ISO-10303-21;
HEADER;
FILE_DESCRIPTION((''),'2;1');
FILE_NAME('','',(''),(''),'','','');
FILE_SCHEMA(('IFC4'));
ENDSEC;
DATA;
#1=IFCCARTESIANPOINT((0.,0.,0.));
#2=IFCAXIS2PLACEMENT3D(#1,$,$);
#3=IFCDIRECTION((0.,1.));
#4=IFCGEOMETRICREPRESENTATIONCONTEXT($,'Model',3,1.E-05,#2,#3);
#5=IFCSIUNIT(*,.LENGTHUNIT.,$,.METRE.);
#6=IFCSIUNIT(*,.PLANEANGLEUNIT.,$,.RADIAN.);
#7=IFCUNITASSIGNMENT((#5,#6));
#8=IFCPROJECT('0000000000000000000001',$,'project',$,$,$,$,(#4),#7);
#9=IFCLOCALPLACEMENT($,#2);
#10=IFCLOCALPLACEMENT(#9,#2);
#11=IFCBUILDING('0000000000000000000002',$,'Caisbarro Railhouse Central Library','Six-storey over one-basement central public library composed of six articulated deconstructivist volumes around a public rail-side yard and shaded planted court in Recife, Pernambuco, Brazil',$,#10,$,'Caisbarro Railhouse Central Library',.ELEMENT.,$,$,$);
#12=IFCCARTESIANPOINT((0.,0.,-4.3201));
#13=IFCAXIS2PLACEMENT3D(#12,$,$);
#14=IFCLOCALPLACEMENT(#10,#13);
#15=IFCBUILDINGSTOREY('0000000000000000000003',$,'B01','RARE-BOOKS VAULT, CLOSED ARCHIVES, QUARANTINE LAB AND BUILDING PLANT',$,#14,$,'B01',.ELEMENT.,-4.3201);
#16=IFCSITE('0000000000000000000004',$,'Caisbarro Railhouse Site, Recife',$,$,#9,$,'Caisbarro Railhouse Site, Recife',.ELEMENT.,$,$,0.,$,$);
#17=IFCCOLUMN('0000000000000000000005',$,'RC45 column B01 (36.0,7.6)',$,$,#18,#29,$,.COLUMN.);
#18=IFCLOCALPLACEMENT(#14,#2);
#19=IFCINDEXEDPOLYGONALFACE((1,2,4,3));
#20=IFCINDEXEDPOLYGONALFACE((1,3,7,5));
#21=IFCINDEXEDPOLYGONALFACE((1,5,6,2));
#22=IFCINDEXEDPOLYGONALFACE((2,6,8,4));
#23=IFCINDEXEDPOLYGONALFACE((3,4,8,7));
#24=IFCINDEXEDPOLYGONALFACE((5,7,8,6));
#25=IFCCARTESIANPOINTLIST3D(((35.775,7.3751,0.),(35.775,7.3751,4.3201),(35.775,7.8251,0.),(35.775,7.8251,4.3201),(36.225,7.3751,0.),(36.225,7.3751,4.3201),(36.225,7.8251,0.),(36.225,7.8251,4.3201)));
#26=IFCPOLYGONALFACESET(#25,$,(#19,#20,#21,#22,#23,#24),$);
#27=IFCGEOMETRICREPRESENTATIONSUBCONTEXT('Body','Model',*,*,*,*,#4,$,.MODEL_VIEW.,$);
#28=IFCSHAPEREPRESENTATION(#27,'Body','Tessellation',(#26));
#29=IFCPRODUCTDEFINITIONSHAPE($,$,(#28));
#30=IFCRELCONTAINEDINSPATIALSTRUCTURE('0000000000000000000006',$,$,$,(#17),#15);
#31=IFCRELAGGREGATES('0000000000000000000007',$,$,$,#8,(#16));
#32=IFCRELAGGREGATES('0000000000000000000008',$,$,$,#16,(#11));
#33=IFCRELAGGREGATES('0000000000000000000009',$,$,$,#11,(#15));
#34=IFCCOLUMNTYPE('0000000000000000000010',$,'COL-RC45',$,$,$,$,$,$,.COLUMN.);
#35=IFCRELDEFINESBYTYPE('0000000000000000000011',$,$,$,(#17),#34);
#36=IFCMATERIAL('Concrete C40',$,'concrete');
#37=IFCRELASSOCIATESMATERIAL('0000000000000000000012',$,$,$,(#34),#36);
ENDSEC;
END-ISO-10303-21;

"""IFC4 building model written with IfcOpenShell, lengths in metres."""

from ifc_helpers import new_model, si_unit, direction, frame, origin, origin_2d, place, context, subcontext, project, spatial, rectangle, extrude, material, material_profile, profile_set, type_object, element, save


model = new_model("IFC4")

# Units and contexts
model_context = context("Model", 3, precision=1e-05, world=origin(), true_north=direction((0.0, 1.0)))
body_context = subcontext(model_context, "Body", "Model", "MODEL_VIEW")
ifc_project = project(units=[si_unit("LENGTHUNIT", "METRE"), si_unit("PLANEANGLEUNIT", "RADIAN")], contexts=[model_context])

# Site, building, storey
site_placement = place(None, origin())
site = spatial("IfcSite", under=ifc_project, at=site_placement, Name="Caisbarro Railhouse Site, Recife", LongName="Caisbarro Railhouse Site, Recife", CompositionType="ELEMENT", RefElevation=0.0)
building_placement = place(site_placement, origin())
building = spatial("IfcBuilding", under=site, at=building_placement, Name="Caisbarro Railhouse Central Library", Description="Six-storey over one-basement central public library composed of six articulated deconstructivist volumes around a public rail-side yard and shaded planted court in Recife, Pernambuco, Brazil", LongName="Caisbarro Railhouse Central Library", CompositionType="ELEMENT")
storey_placement = place(building_placement, frame((0.0, 0.0, -4.3201)))
storey = spatial("IfcBuildingStorey", under=building, at=storey_placement, Name="B01", Description="RARE-BOOKS VAULT, CLOSED ARCHIVES, QUARANTINE LAB AND BUILDING PLANT", LongName="B01", CompositionType="ELEMENT", Elevation=-4.3201)

# Shared definitions
ifc_material_1 = material(Name="Concrete C40", Category="concrete")

# Column
ifc_material_profile_1 = material_profile(ifc_material_1, rectangle(XDim=0.45, YDim=0.45, at=origin_2d()), Name="RC-COL-450X450")
ifc_profile_set_1 = profile_set([ifc_material_profile_1], Name="Concrete C40")
column_type = type_object("IfcColumnType", Name="COL-RC45", PredefinedType="COLUMN", material=ifc_profile_set_1)
for number, where, z_axis, x_axis, name in (
    (1, (36.0, 7.6001, 0.0), (0.0, 0.0, 1.0), (1.0, 0.0, 0.0), "RC45 column B01 (36.0,7.6)"),
):
    element("IfcColumn", number, at=place(storey_placement, frame(where, z_axis=z_axis, x_axis=x_axis)), inside=storey, type_object=column_type, Name=name, PredefinedType="COLUMN", context=body_context, shape_type="SweptSolid", body=[
        extrude(rectangle(XDim=0.45, YDim=0.45, at=origin_2d()), origin(), (0.0, 0.0, 1.0), 4.3201),
    ])

save(model, "model.ifc")
